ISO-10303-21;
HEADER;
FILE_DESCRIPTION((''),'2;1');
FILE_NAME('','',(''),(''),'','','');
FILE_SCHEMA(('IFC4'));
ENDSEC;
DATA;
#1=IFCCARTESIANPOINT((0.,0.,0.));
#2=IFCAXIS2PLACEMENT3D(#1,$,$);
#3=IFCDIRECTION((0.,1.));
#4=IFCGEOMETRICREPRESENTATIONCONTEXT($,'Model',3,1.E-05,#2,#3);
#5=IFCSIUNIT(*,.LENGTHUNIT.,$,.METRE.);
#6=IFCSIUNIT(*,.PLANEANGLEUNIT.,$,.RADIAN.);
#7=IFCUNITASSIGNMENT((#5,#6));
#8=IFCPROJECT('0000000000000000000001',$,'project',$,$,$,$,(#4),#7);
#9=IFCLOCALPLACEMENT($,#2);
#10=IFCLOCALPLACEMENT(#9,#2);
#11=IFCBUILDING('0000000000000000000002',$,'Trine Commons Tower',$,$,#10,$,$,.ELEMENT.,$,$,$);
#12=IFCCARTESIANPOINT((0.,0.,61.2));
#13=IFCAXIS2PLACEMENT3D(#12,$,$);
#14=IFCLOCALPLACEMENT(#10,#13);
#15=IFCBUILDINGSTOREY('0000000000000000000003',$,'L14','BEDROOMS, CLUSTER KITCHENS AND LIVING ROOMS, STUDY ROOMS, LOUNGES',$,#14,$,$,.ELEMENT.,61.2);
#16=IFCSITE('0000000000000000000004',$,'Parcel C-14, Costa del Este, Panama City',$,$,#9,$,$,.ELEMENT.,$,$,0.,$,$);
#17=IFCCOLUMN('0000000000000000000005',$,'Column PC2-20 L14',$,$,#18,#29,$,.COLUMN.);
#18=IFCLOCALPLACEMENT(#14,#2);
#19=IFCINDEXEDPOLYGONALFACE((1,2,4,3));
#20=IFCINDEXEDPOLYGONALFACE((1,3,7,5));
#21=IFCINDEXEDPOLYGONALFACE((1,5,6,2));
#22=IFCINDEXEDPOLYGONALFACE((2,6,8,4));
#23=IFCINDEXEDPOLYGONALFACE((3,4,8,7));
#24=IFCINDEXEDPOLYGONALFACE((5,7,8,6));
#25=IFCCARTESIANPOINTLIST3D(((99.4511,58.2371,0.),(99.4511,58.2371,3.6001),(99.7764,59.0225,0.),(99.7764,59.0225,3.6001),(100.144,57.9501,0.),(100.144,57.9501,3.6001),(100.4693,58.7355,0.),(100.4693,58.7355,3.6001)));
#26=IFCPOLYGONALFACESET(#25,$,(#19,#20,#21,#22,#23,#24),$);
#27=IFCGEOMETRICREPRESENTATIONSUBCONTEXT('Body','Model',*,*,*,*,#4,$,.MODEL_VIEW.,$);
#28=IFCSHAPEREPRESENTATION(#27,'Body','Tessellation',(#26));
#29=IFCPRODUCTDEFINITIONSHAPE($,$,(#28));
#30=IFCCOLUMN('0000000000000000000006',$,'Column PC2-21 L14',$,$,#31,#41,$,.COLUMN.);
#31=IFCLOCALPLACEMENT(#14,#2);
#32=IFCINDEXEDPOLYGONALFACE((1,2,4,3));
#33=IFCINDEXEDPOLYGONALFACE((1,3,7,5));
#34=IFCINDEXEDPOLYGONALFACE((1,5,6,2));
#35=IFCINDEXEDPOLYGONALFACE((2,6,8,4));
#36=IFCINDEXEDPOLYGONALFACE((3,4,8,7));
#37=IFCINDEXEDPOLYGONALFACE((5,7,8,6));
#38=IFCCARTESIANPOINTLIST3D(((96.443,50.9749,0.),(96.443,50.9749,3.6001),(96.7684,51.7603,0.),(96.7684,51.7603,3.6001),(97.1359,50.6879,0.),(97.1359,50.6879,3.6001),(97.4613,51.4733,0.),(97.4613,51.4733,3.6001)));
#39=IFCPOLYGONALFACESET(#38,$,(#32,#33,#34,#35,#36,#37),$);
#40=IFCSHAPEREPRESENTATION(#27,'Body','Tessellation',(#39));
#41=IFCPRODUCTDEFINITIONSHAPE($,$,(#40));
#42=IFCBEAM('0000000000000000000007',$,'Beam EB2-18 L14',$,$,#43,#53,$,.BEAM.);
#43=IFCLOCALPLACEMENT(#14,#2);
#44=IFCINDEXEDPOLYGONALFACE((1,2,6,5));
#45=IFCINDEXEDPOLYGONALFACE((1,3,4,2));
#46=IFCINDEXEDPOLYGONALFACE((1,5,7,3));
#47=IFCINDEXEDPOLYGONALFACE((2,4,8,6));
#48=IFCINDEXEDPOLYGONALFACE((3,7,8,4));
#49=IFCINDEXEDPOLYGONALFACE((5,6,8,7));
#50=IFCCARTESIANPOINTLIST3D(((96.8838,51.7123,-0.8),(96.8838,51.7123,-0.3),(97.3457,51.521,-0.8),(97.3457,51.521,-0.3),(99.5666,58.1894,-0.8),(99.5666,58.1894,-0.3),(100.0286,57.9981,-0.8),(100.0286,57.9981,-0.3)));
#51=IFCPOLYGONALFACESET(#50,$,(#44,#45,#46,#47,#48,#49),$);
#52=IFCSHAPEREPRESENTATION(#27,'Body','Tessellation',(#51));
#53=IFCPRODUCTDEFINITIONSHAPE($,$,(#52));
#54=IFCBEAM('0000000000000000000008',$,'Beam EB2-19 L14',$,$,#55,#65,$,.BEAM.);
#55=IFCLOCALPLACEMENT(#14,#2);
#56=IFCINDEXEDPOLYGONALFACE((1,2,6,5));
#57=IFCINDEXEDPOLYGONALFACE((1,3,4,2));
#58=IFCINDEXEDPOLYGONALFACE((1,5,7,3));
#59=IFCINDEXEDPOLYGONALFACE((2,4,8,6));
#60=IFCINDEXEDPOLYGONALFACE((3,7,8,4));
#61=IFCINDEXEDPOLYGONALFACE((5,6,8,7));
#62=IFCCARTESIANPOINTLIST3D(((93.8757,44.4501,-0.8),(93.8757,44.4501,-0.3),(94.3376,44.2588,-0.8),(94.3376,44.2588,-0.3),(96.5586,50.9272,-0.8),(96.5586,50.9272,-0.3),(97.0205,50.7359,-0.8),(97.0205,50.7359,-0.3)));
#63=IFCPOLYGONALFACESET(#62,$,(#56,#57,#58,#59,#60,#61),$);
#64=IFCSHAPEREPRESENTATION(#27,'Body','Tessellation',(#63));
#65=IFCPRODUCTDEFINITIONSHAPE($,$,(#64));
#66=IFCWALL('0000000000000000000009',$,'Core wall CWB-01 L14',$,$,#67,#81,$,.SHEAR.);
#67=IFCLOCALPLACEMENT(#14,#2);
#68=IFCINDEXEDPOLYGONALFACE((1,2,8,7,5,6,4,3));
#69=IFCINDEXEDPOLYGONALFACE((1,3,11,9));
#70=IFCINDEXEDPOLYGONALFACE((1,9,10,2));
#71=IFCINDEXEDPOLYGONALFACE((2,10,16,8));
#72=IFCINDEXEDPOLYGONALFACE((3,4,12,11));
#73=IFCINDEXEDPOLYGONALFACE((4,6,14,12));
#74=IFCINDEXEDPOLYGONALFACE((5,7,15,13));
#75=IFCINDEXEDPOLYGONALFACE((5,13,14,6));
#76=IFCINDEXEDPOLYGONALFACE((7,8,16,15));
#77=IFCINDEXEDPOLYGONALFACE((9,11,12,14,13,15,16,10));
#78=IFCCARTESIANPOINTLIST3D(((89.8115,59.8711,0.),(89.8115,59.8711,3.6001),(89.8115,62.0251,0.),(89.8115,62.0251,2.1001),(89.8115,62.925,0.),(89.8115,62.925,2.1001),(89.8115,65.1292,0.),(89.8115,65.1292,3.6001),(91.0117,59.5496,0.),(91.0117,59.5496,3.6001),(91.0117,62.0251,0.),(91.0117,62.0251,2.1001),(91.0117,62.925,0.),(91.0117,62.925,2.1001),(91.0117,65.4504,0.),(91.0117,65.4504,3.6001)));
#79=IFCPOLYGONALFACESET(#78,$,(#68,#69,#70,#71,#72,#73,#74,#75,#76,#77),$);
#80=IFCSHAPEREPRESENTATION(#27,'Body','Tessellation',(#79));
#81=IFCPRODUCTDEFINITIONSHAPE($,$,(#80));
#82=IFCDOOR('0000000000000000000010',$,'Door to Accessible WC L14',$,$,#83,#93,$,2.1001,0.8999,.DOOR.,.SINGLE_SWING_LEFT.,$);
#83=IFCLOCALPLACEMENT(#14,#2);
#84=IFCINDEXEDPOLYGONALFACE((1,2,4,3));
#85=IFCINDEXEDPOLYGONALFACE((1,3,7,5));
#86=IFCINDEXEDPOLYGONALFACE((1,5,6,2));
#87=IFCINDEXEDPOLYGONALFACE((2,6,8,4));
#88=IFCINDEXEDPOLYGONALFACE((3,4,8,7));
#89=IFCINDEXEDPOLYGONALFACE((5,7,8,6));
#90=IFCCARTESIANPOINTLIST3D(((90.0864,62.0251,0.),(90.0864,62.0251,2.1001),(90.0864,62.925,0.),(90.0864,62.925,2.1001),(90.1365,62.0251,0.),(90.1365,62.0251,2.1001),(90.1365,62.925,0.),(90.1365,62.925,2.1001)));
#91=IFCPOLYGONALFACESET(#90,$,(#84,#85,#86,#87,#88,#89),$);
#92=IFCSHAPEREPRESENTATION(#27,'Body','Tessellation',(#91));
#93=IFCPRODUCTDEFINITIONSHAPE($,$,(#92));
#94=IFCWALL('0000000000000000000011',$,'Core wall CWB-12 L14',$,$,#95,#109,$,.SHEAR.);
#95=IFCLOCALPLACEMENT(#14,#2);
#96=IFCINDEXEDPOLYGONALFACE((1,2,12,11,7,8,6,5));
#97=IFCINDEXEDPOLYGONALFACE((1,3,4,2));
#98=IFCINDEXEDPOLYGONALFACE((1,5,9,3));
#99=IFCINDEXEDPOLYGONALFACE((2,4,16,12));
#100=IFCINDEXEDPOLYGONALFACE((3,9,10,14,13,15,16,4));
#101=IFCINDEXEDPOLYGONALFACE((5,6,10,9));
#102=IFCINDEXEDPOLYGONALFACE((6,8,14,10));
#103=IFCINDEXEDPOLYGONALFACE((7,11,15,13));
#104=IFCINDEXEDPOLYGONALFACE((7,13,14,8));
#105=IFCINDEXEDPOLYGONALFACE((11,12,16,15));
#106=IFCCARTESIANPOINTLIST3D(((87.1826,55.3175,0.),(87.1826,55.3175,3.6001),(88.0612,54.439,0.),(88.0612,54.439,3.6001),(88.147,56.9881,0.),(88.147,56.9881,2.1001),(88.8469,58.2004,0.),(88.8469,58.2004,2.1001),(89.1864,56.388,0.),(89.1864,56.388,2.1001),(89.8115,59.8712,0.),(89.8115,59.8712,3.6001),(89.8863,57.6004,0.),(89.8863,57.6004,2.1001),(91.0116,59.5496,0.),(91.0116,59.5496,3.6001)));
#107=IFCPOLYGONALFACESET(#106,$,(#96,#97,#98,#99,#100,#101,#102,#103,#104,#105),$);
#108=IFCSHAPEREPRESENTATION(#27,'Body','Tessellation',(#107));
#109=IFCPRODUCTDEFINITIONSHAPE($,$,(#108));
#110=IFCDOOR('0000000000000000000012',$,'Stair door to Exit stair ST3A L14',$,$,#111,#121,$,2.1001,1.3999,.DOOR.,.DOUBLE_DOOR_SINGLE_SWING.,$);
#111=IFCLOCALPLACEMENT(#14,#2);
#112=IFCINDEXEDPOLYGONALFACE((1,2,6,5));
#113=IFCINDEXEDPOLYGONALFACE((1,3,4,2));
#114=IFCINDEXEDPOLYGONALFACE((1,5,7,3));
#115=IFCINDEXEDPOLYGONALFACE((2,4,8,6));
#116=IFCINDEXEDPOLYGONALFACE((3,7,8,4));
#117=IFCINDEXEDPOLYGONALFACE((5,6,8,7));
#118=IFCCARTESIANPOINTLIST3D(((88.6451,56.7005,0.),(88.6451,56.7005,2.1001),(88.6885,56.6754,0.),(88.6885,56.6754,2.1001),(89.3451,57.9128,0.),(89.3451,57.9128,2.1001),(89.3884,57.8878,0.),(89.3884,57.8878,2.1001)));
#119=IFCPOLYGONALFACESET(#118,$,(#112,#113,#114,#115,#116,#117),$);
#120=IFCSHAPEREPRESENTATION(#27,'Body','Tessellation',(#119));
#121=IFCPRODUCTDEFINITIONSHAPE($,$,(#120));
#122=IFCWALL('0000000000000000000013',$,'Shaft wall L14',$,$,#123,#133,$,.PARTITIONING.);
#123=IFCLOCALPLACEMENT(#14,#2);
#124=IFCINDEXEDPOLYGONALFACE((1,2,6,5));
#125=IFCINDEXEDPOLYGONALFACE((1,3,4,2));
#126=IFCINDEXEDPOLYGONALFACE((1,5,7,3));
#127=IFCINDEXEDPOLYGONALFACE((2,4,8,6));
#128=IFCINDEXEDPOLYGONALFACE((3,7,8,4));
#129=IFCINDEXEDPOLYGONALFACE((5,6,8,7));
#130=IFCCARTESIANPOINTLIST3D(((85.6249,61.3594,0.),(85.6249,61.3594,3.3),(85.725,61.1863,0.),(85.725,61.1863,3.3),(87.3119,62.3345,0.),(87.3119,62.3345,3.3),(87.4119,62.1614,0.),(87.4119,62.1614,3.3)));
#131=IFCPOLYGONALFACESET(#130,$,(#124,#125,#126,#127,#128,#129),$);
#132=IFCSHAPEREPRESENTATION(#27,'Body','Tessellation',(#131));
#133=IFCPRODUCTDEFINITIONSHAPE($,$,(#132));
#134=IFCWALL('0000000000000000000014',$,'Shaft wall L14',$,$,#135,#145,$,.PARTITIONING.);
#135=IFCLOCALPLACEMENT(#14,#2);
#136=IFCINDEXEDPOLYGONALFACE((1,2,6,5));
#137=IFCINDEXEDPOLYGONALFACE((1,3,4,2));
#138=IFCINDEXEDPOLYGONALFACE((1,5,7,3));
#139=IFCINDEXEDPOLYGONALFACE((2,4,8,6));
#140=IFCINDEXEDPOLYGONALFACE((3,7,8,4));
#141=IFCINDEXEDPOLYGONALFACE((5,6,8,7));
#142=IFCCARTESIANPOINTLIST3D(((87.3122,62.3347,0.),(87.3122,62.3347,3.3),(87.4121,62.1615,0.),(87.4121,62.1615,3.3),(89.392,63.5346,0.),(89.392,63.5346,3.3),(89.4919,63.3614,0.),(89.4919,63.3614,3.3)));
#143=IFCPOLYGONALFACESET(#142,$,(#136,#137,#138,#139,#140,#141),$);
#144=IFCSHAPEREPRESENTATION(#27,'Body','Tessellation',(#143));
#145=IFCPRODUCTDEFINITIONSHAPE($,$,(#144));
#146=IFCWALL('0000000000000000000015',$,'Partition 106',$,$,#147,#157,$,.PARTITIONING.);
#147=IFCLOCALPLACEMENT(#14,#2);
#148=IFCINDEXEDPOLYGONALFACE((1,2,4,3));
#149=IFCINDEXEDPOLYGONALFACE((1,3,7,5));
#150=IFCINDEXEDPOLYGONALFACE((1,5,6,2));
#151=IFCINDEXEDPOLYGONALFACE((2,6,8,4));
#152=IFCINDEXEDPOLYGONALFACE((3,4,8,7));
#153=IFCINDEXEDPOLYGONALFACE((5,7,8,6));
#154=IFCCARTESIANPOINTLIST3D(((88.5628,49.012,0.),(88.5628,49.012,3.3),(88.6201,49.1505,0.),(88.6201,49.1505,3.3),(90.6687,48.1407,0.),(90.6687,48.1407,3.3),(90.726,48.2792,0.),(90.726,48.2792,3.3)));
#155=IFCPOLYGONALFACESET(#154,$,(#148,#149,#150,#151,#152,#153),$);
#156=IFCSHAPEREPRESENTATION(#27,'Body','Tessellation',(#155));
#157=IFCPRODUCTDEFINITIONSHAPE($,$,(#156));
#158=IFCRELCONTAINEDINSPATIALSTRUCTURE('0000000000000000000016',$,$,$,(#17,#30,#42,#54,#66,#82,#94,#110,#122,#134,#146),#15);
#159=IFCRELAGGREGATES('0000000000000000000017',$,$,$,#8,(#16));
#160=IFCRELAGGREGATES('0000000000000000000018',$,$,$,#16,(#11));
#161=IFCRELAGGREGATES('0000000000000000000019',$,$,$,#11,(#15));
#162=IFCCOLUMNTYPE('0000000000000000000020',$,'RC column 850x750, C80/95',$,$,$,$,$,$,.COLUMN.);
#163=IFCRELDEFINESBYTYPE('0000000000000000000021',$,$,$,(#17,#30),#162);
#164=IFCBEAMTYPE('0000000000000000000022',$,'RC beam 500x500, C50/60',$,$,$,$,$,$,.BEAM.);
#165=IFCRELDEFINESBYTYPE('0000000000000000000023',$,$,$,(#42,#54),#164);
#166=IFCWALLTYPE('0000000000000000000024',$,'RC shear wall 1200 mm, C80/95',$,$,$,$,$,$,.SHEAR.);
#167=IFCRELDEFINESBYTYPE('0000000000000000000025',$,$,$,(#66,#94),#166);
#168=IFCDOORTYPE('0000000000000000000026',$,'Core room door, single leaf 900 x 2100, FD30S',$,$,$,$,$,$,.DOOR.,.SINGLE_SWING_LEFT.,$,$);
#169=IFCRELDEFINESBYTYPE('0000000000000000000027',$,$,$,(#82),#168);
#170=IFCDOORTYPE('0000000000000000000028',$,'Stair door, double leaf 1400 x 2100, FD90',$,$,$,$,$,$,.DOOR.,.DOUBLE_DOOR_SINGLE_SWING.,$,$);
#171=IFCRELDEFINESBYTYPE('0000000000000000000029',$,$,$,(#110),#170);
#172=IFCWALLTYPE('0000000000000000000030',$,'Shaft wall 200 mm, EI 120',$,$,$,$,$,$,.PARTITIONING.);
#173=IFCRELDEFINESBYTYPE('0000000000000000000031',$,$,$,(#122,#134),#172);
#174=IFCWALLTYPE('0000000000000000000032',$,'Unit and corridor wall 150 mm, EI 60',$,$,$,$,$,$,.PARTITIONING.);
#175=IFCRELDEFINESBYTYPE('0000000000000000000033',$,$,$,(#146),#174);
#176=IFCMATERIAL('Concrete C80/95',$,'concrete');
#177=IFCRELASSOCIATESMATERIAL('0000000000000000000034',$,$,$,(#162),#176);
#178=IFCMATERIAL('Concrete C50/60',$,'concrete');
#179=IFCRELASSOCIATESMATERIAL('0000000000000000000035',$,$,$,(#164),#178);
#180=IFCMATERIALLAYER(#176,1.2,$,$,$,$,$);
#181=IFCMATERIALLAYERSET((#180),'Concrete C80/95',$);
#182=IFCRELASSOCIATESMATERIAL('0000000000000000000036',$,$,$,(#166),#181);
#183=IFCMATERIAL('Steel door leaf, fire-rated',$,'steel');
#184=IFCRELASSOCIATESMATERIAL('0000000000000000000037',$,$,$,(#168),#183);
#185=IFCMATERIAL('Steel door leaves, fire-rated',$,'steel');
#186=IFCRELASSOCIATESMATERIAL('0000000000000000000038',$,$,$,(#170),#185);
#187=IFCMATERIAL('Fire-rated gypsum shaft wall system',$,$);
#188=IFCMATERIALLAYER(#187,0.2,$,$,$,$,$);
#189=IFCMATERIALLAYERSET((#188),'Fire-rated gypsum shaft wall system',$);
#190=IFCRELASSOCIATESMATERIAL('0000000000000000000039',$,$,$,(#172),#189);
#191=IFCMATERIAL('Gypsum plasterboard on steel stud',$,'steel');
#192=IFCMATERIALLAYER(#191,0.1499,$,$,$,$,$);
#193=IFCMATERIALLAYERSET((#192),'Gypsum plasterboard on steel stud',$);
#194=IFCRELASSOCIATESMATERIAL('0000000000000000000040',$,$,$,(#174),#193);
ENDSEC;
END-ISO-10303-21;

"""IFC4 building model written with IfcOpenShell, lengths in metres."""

from ifc_helpers import new_model, si_unit, direction, frame, frame_2d, origin, origin_2d, place, context, subcontext, project, spatial, polyline, rectangle, outline, extrude, material, layer, layer_set, material_profile, profile_set, type_object, element, fill, save


model = new_model("IFC4")

# Units and contexts
model_context = context("Model", 3, precision=1e-05, world=origin(), true_north=direction((0.0, 1.0)))
body_context = subcontext(model_context, "Body", "Model", "MODEL_VIEW")
ifc_project = project(units=[si_unit("LENGTHUNIT", "METRE"), si_unit("PLANEANGLEUNIT", "RADIAN")], contexts=[model_context])

# Site, building, storey
site_placement = place(None, origin())
site = spatial("IfcSite", under=ifc_project, at=site_placement, Name="Parcel C-14, Costa del Este, Panama City", CompositionType="ELEMENT", RefElevation=0.0)
building_placement = place(site_placement, origin())
building = spatial("IfcBuilding", under=site, at=building_placement, Name="Trine Commons Tower", CompositionType="ELEMENT")
storey_placement = place(building_placement, frame((0.0, 0.0, 61.2)))
storey = spatial("IfcBuildingStorey", under=building, at=storey_placement, Name="L14", Description="BEDROOMS, CLUSTER KITCHENS AND LIVING ROOMS, STUDY ROOMS, LOUNGES", CompositionType="ELEMENT", Elevation=61.2)

# Columns
ifc_material_1 = material(Name="Concrete C80/95", Category="concrete")
ifc_material_profile_1 = material_profile(ifc_material_1, rectangle(XDim=0.8501, YDim=0.75, at=origin_2d()), Name="RC 850x750")
ifc_profile_set_1 = profile_set([ifc_material_profile_1], Name="Concrete C80/95")
column_type = type_object("IfcColumnType", Name="RC column 850x750, C80/95", PredefinedType="COLUMN", material=ifc_profile_set_1)
for number, where, z_axis, x_axis, name in (
    (1, (99.9602, 58.4863, 0.0), (0.0, 0.0, 1.0), (0.382683, 0.92388, 0.0), "Column PC2-20 L14"),
    (2, (96.9521, 51.2241, 0.0), (0.0, 0.0, 1.0), (0.382683, 0.92388, 0.0), "Column PC2-21 L14"),
):
    element("IfcColumn", number, at=place(storey_placement, frame(where, z_axis=z_axis, x_axis=x_axis)), inside=storey, type_object=column_type, Name=name, PredefinedType="COLUMN", context=body_context, shape_type="SweptSolid", body=[
        extrude(rectangle(XDim=0.8501, YDim=0.75, at=origin_2d()), origin(), (0.0, 0.0, 1.0), 3.6001),
    ])

# Beams
ifc_material_2 = material(Name="Concrete C50/60", Category="concrete")
ifc_material_profile_2 = material_profile(ifc_material_2, rectangle(XDim=0.5, YDim=0.5, at=origin_2d()), Name="RC 500x500")
ifc_profile_set_2 = profile_set([ifc_material_profile_2], Name="Concrete C50/60")
beam_type = type_object("IfcBeamType", Name="RC beam 500x500, C50/60", PredefinedType="BEAM", material=ifc_profile_set_2)
for number, where, z_axis, x_axis, name in (
    (3, (99.7976, 58.0938, -0.55), (-0.382681, -0.923881, 0.0), (0.923881, -0.382681, 0.0), "Beam EB2-18 L14"),
    (4, (96.7896, 50.8315, -0.55), (-0.382681, -0.923881, 0.0), (0.923881, -0.382681, 0.0), "Beam EB2-19 L14"),
):
    element("IfcBeam", number, at=place(storey_placement, frame(where, z_axis=z_axis, x_axis=x_axis)), inside=storey, type_object=beam_type, Name=name, PredefinedType="BEAM", context=body_context, shape_type="SweptSolid", body=[
        extrude(rectangle(XDim=0.5, YDim=0.5, at=origin_2d()), origin(), (0.0, 0.0, 1.0), 7.0107),
    ])

# Walls, openings, doors
ifc_layer_1 = layer(ifc_material_1, 1.2)
ifc_layer_set_1 = layer_set([ifc_layer_1], Name="Concrete C80/95")
wall_type_1 = type_object("IfcWallType", Name="RC shear wall 1200 mm, C80/95", PredefinedType="SHEAR", material=ifc_layer_set_1)
wall_1_placement = place(storey_placement, frame((90.4116, 59.5496, 0.0), z_axis=(0.0, 0.0, 1.0), x_axis=(0.0, 1.0, 0.0)))
wall_1 = element("IfcWall", 5, at=wall_1_placement, inside=storey, type_object=wall_type_1, Name="Core wall CWB-01 L14", PredefinedType="SHEAR", context=body_context, shape_type="SweptSolid", body=[
    extrude(outline(polyline([(0.0, -0.6001), (5.9009, -0.6001), (5.5796, 0.6001), (0.3215, 0.6001), (0.0, -0.6001)])), origin(), (0.0, 0.0, 1.0), 3.6001),
])
opening_1_placement = place(wall_1_placement, frame((2.4756, 0.0, 0.0)))
opening_1 = element("IfcOpeningElement", 6, at=opening_1_placement, cuts=wall_1, PredefinedType="OPENING", context=body_context, shape_type="SweptSolid", body=[
    extrude(rectangle(XDim=0.8999, YDim=2.1001, at=frame_2d((0.45, 1.05))), frame((0.0, 0.6099, 0.0), z_axis=(0.0, -1.0, 0.0), x_axis=(1.0, 0.0, 0.0)), (0.0, 0.0, 1.0), 1.22),
])
ifc_material_3 = material(Name="Steel door leaf, fire-rated", Category="steel")
door_type_1 = type_object("IfcDoorType", Name="Core room door, single leaf 900 x 2100, FD30S", OperationType="SINGLE_SWING_LEFT", PredefinedType="DOOR", material=ifc_material_3)
door_1_placement = place(opening_1_placement, origin())
door_1 = element("IfcDoor", 7, at=door_1_placement, inside=storey, type_object=door_type_1, Name="Door to Accessible WC L14", OperationType="SINGLE_SWING_LEFT", OverallHeight=2.1001, OverallWidth=0.8999, PredefinedType="DOOR", context=body_context, shape_type="SweptSolid", body=[
    extrude(rectangle(XDim=0.8999, YDim=2.1001, at=frame_2d((0.45, 1.05))), frame((0.0, 0.3252, 0.0), z_axis=(0.0, -1.0, 0.0), x_axis=(1.0, 0.0, 0.0)), (0.0, 0.0, 1.0), 0.05),
])
fill(opening_1, door_1)
wall_2_placement = place(storey_placement, frame((87.5415, 54.739, 0.0), z_axis=(0.0, 0.0, 1.0), x_axis=(0.499979, 0.866037, 0.0)))
wall_2 = element("IfcWall", 8, at=wall_2_placement, inside=storey, type_object=wall_type_1, Name="Core wall CWB-12 L14", PredefinedType="SHEAR", context=body_context, shape_type="SweptSolid", body=[
    extrude(outline(polyline([(0.0, -0.6001), (5.9011, -0.6001), (5.5796, 0.6001), (0.3215, 0.6001), (0.0, -0.6001)])), origin(), (0.0, 0.0, 1.0), 3.6001),
])
opening_2_placement = place(wall_2_placement, frame((2.2505, 0.0, 0.0)))
opening_2 = element("IfcOpeningElement", 9, at=opening_2_placement, cuts=wall_2, PredefinedType="OPENING", context=body_context, shape_type="SweptSolid", body=[
    extrude(rectangle(XDim=1.3999, YDim=2.1001, at=frame_2d((0.7, 1.05))), frame((0.0, 0.6099, 0.0), z_axis=(0.0, -1.0, 0.0), x_axis=(1.0, 0.0, 0.0)), (0.0, 0.0, 1.0), 1.22),
])
ifc_material_4 = material(Name="Steel door leaves, fire-rated", Category="steel")
door_type_2 = type_object("IfcDoorType", Name="Stair door, double leaf 1400 x 2100, FD90", OperationType="DOUBLE_DOOR_SINGLE_SWING", PredefinedType="DOOR", material=ifc_material_4)
door_2_placement = place(opening_2_placement, origin())
door_2 = element("IfcDoor", 10, at=door_2_placement, inside=storey, type_object=door_type_2, Name="Stair door to Exit stair ST3A L14", OperationType="DOUBLE_DOOR_SINGLE_SWING", OverallHeight=2.1001, OverallWidth=1.3999, PredefinedType="DOOR", context=body_context, shape_type="SweptSolid", body=[
    extrude(rectangle(XDim=1.3999, YDim=2.1001, at=frame_2d((0.7, 1.05))), frame((0.0, 0.0249, 0.0), z_axis=(0.0, -1.0, 0.0), x_axis=(1.0, 0.0, 0.0)), (0.0, 0.0, 1.0), 0.05),
])
fill(opening_2, door_2)

# Walls
ifc_material_5 = material(Name="Fire-rated gypsum shaft wall system")
ifc_layer_2 = layer(ifc_material_5, 0.2)
ifc_layer_set_2 = layer_set([ifc_layer_2], Name="Fire-rated gypsum shaft wall system")
wall_type_2 = type_object("IfcWallType", Name="Shaft wall 200 mm, EI 120", PredefinedType="PARTITIONING", material=ifc_layer_set_2)
wall_3_placement = place(storey_placement, frame((85.675, 61.2729, 0.0), z_axis=(0.0, 0.0, 1.0), x_axis=(0.865781, 0.500424, 0.0)))
element("IfcWall", 11, at=wall_3_placement, inside=storey, type_object=wall_type_2, Name="Shaft wall L14", PredefinedType="PARTITIONING", context=body_context, shape_type="SweptSolid", body=[
    extrude(rectangle(XDim=1.9485, YDim=0.2, at=frame_2d((0.9741, 0.0))), origin(), (0.0, 0.0, 1.0), 3.3),
])
wall_4_placement = place(storey_placement, frame((87.3621, 62.248, 0.0), z_axis=(0.0, 0.0, 1.0), x_axis=(0.866177, 0.499737, 0.0)))
element("IfcWall", 12, at=wall_4_placement, inside=storey, type_object=wall_type_2, Name="Shaft wall L14", PredefinedType="PARTITIONING", context=body_context, shape_type="SweptSolid", body=[
    extrude(rectangle(XDim=2.4011, YDim=0.2, at=frame_2d((1.2007, 0.0))), origin(), (0.0, 0.0, 1.0), 3.3),
])
ifc_material_6 = material(Name="Gypsum plasterboard on steel stud", Category="steel")
ifc_layer_3 = layer(ifc_material_6, 0.1499)
ifc_layer_set_3 = layer_set([ifc_layer_3], Name="Gypsum plasterboard on steel stud")
wall_type_3 = type_object("IfcWallType", Name="Unit and corridor wall 150 mm, EI 60", PredefinedType="PARTITIONING", material=ifc_layer_set_3)
wall_5_placement = place(storey_placement, frame((88.5913, 49.0813, 0.0), z_axis=(0.0, 0.0, 1.0), x_axis=(0.924031, -0.382317, 0.0)))
element("IfcWall", 13, at=wall_5_placement, inside=storey, type_object=wall_type_3, Name="Partition 106", PredefinedType="PARTITIONING", context=body_context, shape_type="SweptSolid", body=[
    extrude(rectangle(XDim=2.2791, YDim=0.1499, at=frame_2d((1.1396, 0.0))), origin(), (0.0, 0.0, 1.0), 3.3),
])

save(model, "model.ifc")
